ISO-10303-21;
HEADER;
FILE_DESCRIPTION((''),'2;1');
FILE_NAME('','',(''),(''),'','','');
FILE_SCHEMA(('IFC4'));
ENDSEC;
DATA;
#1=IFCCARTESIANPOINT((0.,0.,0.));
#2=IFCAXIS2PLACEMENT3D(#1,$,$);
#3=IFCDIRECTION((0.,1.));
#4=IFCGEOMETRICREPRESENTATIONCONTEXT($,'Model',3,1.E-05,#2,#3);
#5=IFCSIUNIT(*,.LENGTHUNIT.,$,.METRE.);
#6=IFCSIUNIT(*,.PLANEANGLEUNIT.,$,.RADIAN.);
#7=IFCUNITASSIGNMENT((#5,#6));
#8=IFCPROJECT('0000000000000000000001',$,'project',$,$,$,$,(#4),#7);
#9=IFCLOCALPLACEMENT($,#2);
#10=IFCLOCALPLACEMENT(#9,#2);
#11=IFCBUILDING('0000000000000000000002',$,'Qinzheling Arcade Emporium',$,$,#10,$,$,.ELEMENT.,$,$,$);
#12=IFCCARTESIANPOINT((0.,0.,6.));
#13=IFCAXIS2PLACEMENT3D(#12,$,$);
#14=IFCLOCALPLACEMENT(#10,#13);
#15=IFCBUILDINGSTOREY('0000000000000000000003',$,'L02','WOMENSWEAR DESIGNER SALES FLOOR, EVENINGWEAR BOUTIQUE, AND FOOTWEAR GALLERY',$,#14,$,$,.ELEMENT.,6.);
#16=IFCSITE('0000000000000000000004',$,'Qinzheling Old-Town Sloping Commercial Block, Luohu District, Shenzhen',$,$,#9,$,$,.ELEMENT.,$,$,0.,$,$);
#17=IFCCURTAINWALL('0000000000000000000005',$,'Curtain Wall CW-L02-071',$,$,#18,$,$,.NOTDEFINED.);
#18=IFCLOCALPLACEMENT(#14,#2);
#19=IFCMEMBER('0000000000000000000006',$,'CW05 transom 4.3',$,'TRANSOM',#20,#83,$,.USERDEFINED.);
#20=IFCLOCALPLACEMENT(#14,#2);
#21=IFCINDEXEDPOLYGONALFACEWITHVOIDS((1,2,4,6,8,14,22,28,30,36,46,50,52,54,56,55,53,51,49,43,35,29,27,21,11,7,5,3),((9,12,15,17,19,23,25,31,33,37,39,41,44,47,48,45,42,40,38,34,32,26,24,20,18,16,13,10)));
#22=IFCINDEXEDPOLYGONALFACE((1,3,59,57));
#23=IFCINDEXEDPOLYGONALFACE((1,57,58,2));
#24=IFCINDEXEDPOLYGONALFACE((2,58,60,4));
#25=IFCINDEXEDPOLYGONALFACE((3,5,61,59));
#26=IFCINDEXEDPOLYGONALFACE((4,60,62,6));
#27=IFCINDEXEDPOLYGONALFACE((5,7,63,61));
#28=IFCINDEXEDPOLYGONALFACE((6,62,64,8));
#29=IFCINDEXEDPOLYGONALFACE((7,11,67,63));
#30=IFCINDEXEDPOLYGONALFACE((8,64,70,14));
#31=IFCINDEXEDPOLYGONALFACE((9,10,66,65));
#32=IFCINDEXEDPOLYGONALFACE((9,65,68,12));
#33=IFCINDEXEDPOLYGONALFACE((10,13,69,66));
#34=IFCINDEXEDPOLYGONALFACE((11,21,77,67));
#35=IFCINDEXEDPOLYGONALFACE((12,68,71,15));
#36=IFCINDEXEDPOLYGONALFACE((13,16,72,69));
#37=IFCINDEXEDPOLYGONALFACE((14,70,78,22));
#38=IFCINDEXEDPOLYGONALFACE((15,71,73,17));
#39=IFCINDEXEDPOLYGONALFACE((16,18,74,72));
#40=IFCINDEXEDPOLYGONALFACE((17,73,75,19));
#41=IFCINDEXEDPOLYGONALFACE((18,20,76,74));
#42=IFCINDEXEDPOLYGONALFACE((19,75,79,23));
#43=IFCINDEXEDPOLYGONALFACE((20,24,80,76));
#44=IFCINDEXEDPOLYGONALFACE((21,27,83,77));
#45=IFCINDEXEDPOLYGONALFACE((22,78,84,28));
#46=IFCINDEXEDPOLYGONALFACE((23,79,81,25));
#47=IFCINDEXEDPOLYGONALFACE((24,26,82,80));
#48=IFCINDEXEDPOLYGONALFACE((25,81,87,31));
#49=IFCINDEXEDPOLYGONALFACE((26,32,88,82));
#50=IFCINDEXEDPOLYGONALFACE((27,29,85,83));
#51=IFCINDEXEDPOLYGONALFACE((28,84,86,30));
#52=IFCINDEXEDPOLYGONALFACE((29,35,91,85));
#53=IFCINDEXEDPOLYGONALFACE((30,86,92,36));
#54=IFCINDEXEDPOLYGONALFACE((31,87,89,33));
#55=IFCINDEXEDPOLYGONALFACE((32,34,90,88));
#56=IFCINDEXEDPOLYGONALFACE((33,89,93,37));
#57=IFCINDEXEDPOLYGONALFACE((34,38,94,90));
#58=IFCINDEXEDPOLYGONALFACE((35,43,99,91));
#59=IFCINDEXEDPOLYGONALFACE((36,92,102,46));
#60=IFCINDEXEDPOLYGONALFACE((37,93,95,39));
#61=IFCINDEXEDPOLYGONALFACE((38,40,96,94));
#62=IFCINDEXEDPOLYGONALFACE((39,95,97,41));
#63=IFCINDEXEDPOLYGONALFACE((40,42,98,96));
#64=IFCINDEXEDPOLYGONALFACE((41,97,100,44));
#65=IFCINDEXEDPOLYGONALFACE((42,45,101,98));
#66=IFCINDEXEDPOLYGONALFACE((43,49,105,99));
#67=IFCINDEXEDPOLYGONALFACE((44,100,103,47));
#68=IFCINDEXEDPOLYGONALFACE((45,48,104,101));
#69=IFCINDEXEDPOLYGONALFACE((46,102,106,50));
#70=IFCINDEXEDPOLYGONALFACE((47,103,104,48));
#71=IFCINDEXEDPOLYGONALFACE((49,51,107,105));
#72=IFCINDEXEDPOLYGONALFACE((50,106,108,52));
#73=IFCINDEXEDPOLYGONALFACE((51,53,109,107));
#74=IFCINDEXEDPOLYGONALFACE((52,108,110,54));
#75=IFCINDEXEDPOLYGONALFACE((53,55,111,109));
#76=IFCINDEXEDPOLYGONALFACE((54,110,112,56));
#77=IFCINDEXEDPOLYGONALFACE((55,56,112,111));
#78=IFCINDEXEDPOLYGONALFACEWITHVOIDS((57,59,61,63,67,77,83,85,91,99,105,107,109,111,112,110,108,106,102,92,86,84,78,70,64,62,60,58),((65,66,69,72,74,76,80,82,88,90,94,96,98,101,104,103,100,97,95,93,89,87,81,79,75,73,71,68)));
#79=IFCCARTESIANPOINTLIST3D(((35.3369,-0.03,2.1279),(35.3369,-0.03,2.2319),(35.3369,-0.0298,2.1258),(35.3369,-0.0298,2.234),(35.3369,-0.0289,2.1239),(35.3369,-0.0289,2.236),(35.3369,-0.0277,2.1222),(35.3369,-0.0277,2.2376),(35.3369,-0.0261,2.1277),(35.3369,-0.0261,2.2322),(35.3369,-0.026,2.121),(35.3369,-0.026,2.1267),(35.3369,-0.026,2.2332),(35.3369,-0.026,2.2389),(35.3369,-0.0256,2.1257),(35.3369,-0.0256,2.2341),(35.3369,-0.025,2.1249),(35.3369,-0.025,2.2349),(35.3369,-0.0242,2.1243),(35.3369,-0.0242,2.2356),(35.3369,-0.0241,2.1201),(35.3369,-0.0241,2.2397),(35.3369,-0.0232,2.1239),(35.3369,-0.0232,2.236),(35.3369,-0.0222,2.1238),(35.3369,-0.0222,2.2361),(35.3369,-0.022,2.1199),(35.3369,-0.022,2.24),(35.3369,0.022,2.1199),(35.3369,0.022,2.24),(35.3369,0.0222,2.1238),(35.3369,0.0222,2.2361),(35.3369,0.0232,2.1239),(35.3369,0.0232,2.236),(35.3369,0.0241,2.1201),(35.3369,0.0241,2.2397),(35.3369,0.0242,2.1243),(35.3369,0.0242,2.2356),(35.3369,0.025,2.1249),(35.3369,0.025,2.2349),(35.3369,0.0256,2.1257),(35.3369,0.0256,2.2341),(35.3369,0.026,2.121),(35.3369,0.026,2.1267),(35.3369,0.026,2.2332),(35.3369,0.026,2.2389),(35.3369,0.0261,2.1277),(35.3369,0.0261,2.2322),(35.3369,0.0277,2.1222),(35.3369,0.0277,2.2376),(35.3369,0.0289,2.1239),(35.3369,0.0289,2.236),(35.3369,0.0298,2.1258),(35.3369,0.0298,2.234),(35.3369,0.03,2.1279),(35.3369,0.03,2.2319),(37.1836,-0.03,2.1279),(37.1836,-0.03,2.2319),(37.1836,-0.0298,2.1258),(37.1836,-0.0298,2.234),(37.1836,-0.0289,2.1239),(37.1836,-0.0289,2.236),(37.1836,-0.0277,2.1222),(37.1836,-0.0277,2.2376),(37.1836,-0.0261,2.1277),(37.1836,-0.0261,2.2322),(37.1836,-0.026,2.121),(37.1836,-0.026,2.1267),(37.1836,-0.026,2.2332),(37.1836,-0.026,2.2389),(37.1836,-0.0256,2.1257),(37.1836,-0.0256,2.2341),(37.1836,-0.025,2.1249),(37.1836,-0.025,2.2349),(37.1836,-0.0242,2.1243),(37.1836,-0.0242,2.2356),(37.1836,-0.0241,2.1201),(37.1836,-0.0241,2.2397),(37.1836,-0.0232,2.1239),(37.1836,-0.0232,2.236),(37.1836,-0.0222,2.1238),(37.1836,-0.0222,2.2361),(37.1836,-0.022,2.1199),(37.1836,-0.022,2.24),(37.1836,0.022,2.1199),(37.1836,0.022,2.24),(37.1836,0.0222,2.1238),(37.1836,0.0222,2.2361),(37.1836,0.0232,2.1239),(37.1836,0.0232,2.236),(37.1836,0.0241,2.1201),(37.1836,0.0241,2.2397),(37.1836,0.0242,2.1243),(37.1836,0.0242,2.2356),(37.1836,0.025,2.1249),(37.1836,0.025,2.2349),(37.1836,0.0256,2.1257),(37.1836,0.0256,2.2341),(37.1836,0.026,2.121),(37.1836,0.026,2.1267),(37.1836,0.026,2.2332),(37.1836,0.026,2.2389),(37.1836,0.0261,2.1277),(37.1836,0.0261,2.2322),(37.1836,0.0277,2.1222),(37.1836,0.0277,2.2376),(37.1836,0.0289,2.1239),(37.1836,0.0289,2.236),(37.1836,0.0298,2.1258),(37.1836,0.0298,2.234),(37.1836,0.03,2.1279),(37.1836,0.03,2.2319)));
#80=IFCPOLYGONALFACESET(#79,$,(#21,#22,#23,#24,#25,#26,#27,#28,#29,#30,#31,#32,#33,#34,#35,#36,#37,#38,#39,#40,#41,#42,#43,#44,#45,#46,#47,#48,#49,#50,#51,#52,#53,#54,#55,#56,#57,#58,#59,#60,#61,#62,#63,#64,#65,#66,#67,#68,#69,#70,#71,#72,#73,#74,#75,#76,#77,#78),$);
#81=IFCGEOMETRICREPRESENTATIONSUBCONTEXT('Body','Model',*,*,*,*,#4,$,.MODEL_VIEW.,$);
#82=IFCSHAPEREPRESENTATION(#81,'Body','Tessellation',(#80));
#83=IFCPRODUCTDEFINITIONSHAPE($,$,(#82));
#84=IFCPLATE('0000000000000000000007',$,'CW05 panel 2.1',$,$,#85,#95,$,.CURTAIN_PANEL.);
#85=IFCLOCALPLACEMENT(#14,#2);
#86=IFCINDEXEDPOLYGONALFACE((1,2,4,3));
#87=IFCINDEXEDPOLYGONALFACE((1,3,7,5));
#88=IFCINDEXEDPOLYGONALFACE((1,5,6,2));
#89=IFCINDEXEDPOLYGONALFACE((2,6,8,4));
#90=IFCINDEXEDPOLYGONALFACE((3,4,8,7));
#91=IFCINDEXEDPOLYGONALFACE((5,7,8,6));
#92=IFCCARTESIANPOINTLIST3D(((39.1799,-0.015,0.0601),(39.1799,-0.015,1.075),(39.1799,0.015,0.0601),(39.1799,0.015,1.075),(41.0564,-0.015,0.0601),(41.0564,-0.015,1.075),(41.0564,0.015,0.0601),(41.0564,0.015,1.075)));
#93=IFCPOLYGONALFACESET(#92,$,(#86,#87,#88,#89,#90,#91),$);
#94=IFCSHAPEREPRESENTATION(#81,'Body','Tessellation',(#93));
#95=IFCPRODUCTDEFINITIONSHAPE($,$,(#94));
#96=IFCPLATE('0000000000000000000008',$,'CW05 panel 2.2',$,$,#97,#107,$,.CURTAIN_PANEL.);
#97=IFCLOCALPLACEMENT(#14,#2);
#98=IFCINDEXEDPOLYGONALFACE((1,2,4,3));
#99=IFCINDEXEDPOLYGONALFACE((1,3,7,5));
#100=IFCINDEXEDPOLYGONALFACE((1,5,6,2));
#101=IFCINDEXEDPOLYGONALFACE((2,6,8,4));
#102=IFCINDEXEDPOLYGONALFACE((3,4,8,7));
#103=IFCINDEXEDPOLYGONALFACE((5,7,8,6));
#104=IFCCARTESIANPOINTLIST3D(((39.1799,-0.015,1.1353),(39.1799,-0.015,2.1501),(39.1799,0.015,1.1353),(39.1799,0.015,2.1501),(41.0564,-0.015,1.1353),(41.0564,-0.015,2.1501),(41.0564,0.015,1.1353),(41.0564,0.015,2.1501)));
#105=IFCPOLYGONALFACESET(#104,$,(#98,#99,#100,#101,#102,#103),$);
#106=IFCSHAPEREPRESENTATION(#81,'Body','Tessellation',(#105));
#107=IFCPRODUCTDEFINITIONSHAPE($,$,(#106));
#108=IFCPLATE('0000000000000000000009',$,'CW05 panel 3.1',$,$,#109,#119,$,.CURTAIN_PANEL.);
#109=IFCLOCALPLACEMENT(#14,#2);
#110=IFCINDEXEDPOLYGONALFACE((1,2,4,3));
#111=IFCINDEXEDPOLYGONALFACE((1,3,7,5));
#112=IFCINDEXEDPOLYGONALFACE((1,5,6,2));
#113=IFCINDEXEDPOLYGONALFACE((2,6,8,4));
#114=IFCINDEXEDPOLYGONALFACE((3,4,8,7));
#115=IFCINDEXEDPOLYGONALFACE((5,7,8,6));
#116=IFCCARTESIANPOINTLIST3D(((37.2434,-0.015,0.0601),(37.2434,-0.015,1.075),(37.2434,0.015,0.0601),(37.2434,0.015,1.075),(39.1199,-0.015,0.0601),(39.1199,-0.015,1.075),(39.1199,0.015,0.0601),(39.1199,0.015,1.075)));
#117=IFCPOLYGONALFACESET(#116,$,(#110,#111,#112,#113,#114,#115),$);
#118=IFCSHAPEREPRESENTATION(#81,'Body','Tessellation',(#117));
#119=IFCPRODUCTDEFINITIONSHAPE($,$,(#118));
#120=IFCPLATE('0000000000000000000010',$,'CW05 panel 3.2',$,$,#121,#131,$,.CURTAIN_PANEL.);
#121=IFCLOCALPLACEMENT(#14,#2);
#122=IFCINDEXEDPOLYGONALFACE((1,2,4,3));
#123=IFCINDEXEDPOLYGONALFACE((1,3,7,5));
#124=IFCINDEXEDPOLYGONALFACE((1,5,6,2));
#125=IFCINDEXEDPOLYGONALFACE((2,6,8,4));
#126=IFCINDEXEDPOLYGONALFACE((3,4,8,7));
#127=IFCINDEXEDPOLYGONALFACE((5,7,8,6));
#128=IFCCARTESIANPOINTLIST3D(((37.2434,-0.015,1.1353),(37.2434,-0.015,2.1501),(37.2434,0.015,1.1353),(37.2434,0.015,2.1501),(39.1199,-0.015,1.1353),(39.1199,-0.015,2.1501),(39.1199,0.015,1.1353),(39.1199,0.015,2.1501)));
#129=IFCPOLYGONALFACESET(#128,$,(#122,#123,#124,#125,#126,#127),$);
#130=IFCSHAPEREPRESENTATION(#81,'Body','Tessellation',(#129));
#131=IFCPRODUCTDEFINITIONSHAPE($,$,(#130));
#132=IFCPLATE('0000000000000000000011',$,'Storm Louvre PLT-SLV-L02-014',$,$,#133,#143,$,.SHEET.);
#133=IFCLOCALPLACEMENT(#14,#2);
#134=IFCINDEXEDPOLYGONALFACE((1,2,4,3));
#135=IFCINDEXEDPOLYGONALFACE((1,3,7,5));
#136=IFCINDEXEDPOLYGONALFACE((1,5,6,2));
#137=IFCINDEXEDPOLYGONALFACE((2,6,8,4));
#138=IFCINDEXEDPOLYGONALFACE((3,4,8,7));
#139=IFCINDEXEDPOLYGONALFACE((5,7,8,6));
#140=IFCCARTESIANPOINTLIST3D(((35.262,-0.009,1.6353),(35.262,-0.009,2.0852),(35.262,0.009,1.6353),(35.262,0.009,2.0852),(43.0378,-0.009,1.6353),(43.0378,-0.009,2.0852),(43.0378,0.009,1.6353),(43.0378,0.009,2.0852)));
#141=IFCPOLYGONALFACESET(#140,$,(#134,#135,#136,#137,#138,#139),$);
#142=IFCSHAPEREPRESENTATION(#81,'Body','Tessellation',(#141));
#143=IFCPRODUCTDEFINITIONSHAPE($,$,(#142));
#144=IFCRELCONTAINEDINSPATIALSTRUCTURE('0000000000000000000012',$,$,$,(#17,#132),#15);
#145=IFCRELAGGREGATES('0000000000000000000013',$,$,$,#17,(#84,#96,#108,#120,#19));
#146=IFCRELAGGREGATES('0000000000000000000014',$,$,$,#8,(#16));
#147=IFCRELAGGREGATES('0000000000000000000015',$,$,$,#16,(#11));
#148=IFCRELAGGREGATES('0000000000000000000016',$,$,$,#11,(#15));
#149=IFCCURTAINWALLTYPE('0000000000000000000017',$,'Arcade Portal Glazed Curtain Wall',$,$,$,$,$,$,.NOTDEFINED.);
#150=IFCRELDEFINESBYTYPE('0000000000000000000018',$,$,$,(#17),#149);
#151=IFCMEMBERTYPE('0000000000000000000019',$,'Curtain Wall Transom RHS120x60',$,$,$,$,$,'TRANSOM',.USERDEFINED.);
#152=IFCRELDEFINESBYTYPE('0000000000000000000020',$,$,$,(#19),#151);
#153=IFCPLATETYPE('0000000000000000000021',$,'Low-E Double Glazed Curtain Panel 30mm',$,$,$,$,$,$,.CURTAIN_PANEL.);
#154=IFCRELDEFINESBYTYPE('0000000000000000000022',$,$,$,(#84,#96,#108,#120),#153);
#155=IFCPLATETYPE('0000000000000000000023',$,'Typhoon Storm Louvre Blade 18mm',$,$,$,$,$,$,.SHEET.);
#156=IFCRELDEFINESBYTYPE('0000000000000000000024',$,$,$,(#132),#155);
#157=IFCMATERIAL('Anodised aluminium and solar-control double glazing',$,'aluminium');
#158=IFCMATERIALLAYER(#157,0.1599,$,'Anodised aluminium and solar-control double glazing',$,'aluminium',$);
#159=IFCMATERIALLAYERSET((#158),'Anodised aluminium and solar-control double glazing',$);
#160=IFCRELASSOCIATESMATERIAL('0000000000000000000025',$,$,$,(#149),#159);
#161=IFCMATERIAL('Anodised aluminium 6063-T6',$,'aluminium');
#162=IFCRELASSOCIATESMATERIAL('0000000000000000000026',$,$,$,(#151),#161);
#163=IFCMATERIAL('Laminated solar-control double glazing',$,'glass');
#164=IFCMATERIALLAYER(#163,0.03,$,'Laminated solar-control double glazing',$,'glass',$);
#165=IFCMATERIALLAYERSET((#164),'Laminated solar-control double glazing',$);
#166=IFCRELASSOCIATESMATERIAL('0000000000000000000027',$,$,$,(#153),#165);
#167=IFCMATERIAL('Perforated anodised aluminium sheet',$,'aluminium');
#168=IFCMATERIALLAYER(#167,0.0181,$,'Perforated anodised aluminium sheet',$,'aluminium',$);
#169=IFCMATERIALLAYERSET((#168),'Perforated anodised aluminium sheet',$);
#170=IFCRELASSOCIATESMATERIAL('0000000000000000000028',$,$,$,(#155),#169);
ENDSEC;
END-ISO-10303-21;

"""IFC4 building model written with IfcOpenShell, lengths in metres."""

from ifc_helpers import new_model, si_unit, direction, frame, origin, origin_2d, place, context, subcontext, project, spatial, rectangle, hollow_rectangle, extrude, material, layer, layer_set, material_profile, profile_set, type_object, element, aggregate, save


model = new_model("IFC4")

# Units and contexts
model_context = context("Model", 3, precision=1e-05, world=origin(), true_north=direction((0.0, 1.0)))
body_context = subcontext(model_context, "Body", "Model", "MODEL_VIEW")
ifc_project = project(units=[si_unit("LENGTHUNIT", "METRE"), si_unit("PLANEANGLEUNIT", "RADIAN")], contexts=[model_context])

# Site, building, storey
site_placement = place(None, origin())
site = spatial("IfcSite", under=ifc_project, at=site_placement, Name="Qinzheling Old-Town Sloping Commercial Block, Luohu District, Shenzhen", CompositionType="ELEMENT", RefElevation=0.0)
building_placement = place(site_placement, origin())
building = spatial("IfcBuilding", under=site, at=building_placement, Name="Qinzheling Arcade Emporium", CompositionType="ELEMENT")
storey_placement = place(building_placement, frame((0.0, 0.0, 6.0)))
storey = spatial("IfcBuildingStorey", under=building, at=storey_placement, Name="L02", Description="WOMENSWEAR DESIGNER SALES FLOOR, EVENINGWEAR BOUTIQUE, AND FOOTWEAR GALLERY", CompositionType="ELEMENT", Elevation=6.0)

# Curtain wall, member, plates
ifc_material_1 = material(Name="Anodised aluminium and solar-control double glazing", Category="aluminium")
ifc_layer_1 = layer(ifc_material_1, 0.1599, Name="Anodised aluminium and solar-control double glazing", Category="aluminium")
ifc_layer_set_1 = layer_set([ifc_layer_1], Name="Anodised aluminium and solar-control double glazing")
curtain_wall_type = type_object("IfcCurtainWallType", Name="Arcade Portal Glazed Curtain Wall", PredefinedType="NOTDEFINED", material=ifc_layer_set_1)
curtain_wall_placement = place(storey_placement, origin())
curtain_wall = element("IfcCurtainWall", 1, at=curtain_wall_placement, inside=storey, type_object=curtain_wall_type, Name="Curtain Wall CW-L02-071", PredefinedType="NOTDEFINED")
ifc_material_2 = material(Name="Anodised aluminium 6063-T6", Category="aluminium")
ifc_material_profile_1 = material_profile(ifc_material_2, hollow_rectangle(XDim=0.0601, YDim=0.1201, WallThickness=0.0039, InnerFilletRadius=0.0039, OuterFilletRadius=0.0081, at=origin_2d()), Name="RHS 120x60x4", Category="aluminium")
ifc_profile_set_1 = profile_set([ifc_material_profile_1], Name="Anodised aluminium 6063-T6")
member_type_1 = type_object("IfcMemberType", Name="Curtain Wall Transom RHS120x60", ElementType="TRANSOM", PredefinedType="USERDEFINED", material=ifc_profile_set_1)
member_1_placement = place(storey_placement, frame((37.1836, 0.0, 2.1799), z_axis=(-1.0, 0.0, 0.0), x_axis=(0.0, -1.0, 0.0)))
member_1 = element("IfcMember", 2, at=member_1_placement, type_object=member_type_1, Name="CW05 transom 4.3", ObjectType="TRANSOM", PredefinedType="USERDEFINED", context=body_context, shape_type="SweptSolid", body=[
    extrude(hollow_rectangle(XDim=0.0601, YDim=0.1201, WallThickness=0.0039, InnerFilletRadius=0.0039, OuterFilletRadius=0.0081, at=origin_2d()), origin(), (0.0, 0.0, 1.0), 1.8467),
])
ifc_material_3 = material(Name="Laminated solar-control double glazing", Category="glass")
ifc_layer_2 = layer(ifc_material_3, 0.03, Name="Laminated solar-control double glazing", Category="glass")
ifc_layer_set_2 = layer_set([ifc_layer_2], Name="Laminated solar-control double glazing")
plate_type_1 = type_object("IfcPlateType", Name="Low-E Double Glazed Curtain Panel 30mm", PredefinedType="CURTAIN_PANEL", material=ifc_layer_set_2)
plate_1_placement = place(storey_placement, frame((40.1182, 0.0, 0.0601), z_axis=(0.0, 0.0, 1.0), x_axis=(-1.0, 0.0, 0.0)))
plate_1 = element("IfcPlate", 3, at=plate_1_placement, type_object=plate_type_1, Name="CW05 panel 2.1", PredefinedType="CURTAIN_PANEL", context=body_context, shape_type="SweptSolid", body=[
    extrude(rectangle(XDim=1.8765, YDim=0.03, at=origin_2d()), origin(), (0.0, 0.0, 1.0), 1.0149),
])
plate_2_placement = place(storey_placement, frame((40.1182, 0.0, 1.1353), z_axis=(0.0, 0.0, 1.0), x_axis=(-1.0, 0.0, 0.0)))
plate_2 = element("IfcPlate", 4, at=plate_2_placement, type_object=plate_type_1, Name="CW05 panel 2.2", PredefinedType="CURTAIN_PANEL", context=body_context, shape_type="SweptSolid", body=[
    extrude(rectangle(XDim=1.8765, YDim=0.03, at=origin_2d()), origin(), (0.0, 0.0, 1.0), 1.0149),
])
plate_3_placement = place(storey_placement, frame((38.1816, 0.0, 0.0601), z_axis=(0.0, 0.0, 1.0), x_axis=(-1.0, 0.0, 0.0)))
plate_3 = element("IfcPlate", 5, at=plate_3_placement, type_object=plate_type_1, Name="CW05 panel 3.1", PredefinedType="CURTAIN_PANEL", context=body_context, shape_type="SweptSolid", body=[
    extrude(rectangle(XDim=1.8765, YDim=0.03, at=origin_2d()), origin(), (0.0, 0.0, 1.0), 1.0149),
])
plate_4_placement = place(storey_placement, frame((38.1816, 0.0, 1.1353), z_axis=(0.0, 0.0, 1.0), x_axis=(-1.0, 0.0, 0.0)))
plate_4 = element("IfcPlate", 6, at=plate_4_placement, type_object=plate_type_1, Name="CW05 panel 3.2", PredefinedType="CURTAIN_PANEL", context=body_context, shape_type="SweptSolid", body=[
    extrude(rectangle(XDim=1.8765, YDim=0.03, at=origin_2d()), origin(), (0.0, 0.0, 1.0), 1.0149),
])
aggregate(curtain_wall, [plate_1, plate_2, plate_3, plate_4, member_1])

# Plate
ifc_material_4 = material(Name="Perforated anodised aluminium sheet", Category="aluminium")
ifc_layer_3 = layer(ifc_material_4, 0.0181, Name="Perforated anodised aluminium sheet", Category="aluminium")
ifc_layer_set_3 = layer_set([ifc_layer_3], Name="Perforated anodised aluminium sheet")
plate_type_2 = type_object("IfcPlateType", Name="Typhoon Storm Louvre Blade 18mm", PredefinedType="SHEET", material=ifc_layer_set_3)
plate_5_placement = place(storey_placement, frame((39.1499, 0.0, 1.6353), z_axis=(0.0, 0.0, 1.0), x_axis=(-1.0, 0.0, 0.0)))
element("IfcPlate", 7, at=plate_5_placement, inside=storey, type_object=plate_type_2, Name="Storm Louvre PLT-SLV-L02-014", PredefinedType="SHEET", context=body_context, shape_type="SweptSolid", body=[
    extrude(rectangle(XDim=7.7759, YDim=0.0181, at=origin_2d()), origin(), (0.0, 0.0, 1.0), 0.45),
])

save(model, "model.ifc")
